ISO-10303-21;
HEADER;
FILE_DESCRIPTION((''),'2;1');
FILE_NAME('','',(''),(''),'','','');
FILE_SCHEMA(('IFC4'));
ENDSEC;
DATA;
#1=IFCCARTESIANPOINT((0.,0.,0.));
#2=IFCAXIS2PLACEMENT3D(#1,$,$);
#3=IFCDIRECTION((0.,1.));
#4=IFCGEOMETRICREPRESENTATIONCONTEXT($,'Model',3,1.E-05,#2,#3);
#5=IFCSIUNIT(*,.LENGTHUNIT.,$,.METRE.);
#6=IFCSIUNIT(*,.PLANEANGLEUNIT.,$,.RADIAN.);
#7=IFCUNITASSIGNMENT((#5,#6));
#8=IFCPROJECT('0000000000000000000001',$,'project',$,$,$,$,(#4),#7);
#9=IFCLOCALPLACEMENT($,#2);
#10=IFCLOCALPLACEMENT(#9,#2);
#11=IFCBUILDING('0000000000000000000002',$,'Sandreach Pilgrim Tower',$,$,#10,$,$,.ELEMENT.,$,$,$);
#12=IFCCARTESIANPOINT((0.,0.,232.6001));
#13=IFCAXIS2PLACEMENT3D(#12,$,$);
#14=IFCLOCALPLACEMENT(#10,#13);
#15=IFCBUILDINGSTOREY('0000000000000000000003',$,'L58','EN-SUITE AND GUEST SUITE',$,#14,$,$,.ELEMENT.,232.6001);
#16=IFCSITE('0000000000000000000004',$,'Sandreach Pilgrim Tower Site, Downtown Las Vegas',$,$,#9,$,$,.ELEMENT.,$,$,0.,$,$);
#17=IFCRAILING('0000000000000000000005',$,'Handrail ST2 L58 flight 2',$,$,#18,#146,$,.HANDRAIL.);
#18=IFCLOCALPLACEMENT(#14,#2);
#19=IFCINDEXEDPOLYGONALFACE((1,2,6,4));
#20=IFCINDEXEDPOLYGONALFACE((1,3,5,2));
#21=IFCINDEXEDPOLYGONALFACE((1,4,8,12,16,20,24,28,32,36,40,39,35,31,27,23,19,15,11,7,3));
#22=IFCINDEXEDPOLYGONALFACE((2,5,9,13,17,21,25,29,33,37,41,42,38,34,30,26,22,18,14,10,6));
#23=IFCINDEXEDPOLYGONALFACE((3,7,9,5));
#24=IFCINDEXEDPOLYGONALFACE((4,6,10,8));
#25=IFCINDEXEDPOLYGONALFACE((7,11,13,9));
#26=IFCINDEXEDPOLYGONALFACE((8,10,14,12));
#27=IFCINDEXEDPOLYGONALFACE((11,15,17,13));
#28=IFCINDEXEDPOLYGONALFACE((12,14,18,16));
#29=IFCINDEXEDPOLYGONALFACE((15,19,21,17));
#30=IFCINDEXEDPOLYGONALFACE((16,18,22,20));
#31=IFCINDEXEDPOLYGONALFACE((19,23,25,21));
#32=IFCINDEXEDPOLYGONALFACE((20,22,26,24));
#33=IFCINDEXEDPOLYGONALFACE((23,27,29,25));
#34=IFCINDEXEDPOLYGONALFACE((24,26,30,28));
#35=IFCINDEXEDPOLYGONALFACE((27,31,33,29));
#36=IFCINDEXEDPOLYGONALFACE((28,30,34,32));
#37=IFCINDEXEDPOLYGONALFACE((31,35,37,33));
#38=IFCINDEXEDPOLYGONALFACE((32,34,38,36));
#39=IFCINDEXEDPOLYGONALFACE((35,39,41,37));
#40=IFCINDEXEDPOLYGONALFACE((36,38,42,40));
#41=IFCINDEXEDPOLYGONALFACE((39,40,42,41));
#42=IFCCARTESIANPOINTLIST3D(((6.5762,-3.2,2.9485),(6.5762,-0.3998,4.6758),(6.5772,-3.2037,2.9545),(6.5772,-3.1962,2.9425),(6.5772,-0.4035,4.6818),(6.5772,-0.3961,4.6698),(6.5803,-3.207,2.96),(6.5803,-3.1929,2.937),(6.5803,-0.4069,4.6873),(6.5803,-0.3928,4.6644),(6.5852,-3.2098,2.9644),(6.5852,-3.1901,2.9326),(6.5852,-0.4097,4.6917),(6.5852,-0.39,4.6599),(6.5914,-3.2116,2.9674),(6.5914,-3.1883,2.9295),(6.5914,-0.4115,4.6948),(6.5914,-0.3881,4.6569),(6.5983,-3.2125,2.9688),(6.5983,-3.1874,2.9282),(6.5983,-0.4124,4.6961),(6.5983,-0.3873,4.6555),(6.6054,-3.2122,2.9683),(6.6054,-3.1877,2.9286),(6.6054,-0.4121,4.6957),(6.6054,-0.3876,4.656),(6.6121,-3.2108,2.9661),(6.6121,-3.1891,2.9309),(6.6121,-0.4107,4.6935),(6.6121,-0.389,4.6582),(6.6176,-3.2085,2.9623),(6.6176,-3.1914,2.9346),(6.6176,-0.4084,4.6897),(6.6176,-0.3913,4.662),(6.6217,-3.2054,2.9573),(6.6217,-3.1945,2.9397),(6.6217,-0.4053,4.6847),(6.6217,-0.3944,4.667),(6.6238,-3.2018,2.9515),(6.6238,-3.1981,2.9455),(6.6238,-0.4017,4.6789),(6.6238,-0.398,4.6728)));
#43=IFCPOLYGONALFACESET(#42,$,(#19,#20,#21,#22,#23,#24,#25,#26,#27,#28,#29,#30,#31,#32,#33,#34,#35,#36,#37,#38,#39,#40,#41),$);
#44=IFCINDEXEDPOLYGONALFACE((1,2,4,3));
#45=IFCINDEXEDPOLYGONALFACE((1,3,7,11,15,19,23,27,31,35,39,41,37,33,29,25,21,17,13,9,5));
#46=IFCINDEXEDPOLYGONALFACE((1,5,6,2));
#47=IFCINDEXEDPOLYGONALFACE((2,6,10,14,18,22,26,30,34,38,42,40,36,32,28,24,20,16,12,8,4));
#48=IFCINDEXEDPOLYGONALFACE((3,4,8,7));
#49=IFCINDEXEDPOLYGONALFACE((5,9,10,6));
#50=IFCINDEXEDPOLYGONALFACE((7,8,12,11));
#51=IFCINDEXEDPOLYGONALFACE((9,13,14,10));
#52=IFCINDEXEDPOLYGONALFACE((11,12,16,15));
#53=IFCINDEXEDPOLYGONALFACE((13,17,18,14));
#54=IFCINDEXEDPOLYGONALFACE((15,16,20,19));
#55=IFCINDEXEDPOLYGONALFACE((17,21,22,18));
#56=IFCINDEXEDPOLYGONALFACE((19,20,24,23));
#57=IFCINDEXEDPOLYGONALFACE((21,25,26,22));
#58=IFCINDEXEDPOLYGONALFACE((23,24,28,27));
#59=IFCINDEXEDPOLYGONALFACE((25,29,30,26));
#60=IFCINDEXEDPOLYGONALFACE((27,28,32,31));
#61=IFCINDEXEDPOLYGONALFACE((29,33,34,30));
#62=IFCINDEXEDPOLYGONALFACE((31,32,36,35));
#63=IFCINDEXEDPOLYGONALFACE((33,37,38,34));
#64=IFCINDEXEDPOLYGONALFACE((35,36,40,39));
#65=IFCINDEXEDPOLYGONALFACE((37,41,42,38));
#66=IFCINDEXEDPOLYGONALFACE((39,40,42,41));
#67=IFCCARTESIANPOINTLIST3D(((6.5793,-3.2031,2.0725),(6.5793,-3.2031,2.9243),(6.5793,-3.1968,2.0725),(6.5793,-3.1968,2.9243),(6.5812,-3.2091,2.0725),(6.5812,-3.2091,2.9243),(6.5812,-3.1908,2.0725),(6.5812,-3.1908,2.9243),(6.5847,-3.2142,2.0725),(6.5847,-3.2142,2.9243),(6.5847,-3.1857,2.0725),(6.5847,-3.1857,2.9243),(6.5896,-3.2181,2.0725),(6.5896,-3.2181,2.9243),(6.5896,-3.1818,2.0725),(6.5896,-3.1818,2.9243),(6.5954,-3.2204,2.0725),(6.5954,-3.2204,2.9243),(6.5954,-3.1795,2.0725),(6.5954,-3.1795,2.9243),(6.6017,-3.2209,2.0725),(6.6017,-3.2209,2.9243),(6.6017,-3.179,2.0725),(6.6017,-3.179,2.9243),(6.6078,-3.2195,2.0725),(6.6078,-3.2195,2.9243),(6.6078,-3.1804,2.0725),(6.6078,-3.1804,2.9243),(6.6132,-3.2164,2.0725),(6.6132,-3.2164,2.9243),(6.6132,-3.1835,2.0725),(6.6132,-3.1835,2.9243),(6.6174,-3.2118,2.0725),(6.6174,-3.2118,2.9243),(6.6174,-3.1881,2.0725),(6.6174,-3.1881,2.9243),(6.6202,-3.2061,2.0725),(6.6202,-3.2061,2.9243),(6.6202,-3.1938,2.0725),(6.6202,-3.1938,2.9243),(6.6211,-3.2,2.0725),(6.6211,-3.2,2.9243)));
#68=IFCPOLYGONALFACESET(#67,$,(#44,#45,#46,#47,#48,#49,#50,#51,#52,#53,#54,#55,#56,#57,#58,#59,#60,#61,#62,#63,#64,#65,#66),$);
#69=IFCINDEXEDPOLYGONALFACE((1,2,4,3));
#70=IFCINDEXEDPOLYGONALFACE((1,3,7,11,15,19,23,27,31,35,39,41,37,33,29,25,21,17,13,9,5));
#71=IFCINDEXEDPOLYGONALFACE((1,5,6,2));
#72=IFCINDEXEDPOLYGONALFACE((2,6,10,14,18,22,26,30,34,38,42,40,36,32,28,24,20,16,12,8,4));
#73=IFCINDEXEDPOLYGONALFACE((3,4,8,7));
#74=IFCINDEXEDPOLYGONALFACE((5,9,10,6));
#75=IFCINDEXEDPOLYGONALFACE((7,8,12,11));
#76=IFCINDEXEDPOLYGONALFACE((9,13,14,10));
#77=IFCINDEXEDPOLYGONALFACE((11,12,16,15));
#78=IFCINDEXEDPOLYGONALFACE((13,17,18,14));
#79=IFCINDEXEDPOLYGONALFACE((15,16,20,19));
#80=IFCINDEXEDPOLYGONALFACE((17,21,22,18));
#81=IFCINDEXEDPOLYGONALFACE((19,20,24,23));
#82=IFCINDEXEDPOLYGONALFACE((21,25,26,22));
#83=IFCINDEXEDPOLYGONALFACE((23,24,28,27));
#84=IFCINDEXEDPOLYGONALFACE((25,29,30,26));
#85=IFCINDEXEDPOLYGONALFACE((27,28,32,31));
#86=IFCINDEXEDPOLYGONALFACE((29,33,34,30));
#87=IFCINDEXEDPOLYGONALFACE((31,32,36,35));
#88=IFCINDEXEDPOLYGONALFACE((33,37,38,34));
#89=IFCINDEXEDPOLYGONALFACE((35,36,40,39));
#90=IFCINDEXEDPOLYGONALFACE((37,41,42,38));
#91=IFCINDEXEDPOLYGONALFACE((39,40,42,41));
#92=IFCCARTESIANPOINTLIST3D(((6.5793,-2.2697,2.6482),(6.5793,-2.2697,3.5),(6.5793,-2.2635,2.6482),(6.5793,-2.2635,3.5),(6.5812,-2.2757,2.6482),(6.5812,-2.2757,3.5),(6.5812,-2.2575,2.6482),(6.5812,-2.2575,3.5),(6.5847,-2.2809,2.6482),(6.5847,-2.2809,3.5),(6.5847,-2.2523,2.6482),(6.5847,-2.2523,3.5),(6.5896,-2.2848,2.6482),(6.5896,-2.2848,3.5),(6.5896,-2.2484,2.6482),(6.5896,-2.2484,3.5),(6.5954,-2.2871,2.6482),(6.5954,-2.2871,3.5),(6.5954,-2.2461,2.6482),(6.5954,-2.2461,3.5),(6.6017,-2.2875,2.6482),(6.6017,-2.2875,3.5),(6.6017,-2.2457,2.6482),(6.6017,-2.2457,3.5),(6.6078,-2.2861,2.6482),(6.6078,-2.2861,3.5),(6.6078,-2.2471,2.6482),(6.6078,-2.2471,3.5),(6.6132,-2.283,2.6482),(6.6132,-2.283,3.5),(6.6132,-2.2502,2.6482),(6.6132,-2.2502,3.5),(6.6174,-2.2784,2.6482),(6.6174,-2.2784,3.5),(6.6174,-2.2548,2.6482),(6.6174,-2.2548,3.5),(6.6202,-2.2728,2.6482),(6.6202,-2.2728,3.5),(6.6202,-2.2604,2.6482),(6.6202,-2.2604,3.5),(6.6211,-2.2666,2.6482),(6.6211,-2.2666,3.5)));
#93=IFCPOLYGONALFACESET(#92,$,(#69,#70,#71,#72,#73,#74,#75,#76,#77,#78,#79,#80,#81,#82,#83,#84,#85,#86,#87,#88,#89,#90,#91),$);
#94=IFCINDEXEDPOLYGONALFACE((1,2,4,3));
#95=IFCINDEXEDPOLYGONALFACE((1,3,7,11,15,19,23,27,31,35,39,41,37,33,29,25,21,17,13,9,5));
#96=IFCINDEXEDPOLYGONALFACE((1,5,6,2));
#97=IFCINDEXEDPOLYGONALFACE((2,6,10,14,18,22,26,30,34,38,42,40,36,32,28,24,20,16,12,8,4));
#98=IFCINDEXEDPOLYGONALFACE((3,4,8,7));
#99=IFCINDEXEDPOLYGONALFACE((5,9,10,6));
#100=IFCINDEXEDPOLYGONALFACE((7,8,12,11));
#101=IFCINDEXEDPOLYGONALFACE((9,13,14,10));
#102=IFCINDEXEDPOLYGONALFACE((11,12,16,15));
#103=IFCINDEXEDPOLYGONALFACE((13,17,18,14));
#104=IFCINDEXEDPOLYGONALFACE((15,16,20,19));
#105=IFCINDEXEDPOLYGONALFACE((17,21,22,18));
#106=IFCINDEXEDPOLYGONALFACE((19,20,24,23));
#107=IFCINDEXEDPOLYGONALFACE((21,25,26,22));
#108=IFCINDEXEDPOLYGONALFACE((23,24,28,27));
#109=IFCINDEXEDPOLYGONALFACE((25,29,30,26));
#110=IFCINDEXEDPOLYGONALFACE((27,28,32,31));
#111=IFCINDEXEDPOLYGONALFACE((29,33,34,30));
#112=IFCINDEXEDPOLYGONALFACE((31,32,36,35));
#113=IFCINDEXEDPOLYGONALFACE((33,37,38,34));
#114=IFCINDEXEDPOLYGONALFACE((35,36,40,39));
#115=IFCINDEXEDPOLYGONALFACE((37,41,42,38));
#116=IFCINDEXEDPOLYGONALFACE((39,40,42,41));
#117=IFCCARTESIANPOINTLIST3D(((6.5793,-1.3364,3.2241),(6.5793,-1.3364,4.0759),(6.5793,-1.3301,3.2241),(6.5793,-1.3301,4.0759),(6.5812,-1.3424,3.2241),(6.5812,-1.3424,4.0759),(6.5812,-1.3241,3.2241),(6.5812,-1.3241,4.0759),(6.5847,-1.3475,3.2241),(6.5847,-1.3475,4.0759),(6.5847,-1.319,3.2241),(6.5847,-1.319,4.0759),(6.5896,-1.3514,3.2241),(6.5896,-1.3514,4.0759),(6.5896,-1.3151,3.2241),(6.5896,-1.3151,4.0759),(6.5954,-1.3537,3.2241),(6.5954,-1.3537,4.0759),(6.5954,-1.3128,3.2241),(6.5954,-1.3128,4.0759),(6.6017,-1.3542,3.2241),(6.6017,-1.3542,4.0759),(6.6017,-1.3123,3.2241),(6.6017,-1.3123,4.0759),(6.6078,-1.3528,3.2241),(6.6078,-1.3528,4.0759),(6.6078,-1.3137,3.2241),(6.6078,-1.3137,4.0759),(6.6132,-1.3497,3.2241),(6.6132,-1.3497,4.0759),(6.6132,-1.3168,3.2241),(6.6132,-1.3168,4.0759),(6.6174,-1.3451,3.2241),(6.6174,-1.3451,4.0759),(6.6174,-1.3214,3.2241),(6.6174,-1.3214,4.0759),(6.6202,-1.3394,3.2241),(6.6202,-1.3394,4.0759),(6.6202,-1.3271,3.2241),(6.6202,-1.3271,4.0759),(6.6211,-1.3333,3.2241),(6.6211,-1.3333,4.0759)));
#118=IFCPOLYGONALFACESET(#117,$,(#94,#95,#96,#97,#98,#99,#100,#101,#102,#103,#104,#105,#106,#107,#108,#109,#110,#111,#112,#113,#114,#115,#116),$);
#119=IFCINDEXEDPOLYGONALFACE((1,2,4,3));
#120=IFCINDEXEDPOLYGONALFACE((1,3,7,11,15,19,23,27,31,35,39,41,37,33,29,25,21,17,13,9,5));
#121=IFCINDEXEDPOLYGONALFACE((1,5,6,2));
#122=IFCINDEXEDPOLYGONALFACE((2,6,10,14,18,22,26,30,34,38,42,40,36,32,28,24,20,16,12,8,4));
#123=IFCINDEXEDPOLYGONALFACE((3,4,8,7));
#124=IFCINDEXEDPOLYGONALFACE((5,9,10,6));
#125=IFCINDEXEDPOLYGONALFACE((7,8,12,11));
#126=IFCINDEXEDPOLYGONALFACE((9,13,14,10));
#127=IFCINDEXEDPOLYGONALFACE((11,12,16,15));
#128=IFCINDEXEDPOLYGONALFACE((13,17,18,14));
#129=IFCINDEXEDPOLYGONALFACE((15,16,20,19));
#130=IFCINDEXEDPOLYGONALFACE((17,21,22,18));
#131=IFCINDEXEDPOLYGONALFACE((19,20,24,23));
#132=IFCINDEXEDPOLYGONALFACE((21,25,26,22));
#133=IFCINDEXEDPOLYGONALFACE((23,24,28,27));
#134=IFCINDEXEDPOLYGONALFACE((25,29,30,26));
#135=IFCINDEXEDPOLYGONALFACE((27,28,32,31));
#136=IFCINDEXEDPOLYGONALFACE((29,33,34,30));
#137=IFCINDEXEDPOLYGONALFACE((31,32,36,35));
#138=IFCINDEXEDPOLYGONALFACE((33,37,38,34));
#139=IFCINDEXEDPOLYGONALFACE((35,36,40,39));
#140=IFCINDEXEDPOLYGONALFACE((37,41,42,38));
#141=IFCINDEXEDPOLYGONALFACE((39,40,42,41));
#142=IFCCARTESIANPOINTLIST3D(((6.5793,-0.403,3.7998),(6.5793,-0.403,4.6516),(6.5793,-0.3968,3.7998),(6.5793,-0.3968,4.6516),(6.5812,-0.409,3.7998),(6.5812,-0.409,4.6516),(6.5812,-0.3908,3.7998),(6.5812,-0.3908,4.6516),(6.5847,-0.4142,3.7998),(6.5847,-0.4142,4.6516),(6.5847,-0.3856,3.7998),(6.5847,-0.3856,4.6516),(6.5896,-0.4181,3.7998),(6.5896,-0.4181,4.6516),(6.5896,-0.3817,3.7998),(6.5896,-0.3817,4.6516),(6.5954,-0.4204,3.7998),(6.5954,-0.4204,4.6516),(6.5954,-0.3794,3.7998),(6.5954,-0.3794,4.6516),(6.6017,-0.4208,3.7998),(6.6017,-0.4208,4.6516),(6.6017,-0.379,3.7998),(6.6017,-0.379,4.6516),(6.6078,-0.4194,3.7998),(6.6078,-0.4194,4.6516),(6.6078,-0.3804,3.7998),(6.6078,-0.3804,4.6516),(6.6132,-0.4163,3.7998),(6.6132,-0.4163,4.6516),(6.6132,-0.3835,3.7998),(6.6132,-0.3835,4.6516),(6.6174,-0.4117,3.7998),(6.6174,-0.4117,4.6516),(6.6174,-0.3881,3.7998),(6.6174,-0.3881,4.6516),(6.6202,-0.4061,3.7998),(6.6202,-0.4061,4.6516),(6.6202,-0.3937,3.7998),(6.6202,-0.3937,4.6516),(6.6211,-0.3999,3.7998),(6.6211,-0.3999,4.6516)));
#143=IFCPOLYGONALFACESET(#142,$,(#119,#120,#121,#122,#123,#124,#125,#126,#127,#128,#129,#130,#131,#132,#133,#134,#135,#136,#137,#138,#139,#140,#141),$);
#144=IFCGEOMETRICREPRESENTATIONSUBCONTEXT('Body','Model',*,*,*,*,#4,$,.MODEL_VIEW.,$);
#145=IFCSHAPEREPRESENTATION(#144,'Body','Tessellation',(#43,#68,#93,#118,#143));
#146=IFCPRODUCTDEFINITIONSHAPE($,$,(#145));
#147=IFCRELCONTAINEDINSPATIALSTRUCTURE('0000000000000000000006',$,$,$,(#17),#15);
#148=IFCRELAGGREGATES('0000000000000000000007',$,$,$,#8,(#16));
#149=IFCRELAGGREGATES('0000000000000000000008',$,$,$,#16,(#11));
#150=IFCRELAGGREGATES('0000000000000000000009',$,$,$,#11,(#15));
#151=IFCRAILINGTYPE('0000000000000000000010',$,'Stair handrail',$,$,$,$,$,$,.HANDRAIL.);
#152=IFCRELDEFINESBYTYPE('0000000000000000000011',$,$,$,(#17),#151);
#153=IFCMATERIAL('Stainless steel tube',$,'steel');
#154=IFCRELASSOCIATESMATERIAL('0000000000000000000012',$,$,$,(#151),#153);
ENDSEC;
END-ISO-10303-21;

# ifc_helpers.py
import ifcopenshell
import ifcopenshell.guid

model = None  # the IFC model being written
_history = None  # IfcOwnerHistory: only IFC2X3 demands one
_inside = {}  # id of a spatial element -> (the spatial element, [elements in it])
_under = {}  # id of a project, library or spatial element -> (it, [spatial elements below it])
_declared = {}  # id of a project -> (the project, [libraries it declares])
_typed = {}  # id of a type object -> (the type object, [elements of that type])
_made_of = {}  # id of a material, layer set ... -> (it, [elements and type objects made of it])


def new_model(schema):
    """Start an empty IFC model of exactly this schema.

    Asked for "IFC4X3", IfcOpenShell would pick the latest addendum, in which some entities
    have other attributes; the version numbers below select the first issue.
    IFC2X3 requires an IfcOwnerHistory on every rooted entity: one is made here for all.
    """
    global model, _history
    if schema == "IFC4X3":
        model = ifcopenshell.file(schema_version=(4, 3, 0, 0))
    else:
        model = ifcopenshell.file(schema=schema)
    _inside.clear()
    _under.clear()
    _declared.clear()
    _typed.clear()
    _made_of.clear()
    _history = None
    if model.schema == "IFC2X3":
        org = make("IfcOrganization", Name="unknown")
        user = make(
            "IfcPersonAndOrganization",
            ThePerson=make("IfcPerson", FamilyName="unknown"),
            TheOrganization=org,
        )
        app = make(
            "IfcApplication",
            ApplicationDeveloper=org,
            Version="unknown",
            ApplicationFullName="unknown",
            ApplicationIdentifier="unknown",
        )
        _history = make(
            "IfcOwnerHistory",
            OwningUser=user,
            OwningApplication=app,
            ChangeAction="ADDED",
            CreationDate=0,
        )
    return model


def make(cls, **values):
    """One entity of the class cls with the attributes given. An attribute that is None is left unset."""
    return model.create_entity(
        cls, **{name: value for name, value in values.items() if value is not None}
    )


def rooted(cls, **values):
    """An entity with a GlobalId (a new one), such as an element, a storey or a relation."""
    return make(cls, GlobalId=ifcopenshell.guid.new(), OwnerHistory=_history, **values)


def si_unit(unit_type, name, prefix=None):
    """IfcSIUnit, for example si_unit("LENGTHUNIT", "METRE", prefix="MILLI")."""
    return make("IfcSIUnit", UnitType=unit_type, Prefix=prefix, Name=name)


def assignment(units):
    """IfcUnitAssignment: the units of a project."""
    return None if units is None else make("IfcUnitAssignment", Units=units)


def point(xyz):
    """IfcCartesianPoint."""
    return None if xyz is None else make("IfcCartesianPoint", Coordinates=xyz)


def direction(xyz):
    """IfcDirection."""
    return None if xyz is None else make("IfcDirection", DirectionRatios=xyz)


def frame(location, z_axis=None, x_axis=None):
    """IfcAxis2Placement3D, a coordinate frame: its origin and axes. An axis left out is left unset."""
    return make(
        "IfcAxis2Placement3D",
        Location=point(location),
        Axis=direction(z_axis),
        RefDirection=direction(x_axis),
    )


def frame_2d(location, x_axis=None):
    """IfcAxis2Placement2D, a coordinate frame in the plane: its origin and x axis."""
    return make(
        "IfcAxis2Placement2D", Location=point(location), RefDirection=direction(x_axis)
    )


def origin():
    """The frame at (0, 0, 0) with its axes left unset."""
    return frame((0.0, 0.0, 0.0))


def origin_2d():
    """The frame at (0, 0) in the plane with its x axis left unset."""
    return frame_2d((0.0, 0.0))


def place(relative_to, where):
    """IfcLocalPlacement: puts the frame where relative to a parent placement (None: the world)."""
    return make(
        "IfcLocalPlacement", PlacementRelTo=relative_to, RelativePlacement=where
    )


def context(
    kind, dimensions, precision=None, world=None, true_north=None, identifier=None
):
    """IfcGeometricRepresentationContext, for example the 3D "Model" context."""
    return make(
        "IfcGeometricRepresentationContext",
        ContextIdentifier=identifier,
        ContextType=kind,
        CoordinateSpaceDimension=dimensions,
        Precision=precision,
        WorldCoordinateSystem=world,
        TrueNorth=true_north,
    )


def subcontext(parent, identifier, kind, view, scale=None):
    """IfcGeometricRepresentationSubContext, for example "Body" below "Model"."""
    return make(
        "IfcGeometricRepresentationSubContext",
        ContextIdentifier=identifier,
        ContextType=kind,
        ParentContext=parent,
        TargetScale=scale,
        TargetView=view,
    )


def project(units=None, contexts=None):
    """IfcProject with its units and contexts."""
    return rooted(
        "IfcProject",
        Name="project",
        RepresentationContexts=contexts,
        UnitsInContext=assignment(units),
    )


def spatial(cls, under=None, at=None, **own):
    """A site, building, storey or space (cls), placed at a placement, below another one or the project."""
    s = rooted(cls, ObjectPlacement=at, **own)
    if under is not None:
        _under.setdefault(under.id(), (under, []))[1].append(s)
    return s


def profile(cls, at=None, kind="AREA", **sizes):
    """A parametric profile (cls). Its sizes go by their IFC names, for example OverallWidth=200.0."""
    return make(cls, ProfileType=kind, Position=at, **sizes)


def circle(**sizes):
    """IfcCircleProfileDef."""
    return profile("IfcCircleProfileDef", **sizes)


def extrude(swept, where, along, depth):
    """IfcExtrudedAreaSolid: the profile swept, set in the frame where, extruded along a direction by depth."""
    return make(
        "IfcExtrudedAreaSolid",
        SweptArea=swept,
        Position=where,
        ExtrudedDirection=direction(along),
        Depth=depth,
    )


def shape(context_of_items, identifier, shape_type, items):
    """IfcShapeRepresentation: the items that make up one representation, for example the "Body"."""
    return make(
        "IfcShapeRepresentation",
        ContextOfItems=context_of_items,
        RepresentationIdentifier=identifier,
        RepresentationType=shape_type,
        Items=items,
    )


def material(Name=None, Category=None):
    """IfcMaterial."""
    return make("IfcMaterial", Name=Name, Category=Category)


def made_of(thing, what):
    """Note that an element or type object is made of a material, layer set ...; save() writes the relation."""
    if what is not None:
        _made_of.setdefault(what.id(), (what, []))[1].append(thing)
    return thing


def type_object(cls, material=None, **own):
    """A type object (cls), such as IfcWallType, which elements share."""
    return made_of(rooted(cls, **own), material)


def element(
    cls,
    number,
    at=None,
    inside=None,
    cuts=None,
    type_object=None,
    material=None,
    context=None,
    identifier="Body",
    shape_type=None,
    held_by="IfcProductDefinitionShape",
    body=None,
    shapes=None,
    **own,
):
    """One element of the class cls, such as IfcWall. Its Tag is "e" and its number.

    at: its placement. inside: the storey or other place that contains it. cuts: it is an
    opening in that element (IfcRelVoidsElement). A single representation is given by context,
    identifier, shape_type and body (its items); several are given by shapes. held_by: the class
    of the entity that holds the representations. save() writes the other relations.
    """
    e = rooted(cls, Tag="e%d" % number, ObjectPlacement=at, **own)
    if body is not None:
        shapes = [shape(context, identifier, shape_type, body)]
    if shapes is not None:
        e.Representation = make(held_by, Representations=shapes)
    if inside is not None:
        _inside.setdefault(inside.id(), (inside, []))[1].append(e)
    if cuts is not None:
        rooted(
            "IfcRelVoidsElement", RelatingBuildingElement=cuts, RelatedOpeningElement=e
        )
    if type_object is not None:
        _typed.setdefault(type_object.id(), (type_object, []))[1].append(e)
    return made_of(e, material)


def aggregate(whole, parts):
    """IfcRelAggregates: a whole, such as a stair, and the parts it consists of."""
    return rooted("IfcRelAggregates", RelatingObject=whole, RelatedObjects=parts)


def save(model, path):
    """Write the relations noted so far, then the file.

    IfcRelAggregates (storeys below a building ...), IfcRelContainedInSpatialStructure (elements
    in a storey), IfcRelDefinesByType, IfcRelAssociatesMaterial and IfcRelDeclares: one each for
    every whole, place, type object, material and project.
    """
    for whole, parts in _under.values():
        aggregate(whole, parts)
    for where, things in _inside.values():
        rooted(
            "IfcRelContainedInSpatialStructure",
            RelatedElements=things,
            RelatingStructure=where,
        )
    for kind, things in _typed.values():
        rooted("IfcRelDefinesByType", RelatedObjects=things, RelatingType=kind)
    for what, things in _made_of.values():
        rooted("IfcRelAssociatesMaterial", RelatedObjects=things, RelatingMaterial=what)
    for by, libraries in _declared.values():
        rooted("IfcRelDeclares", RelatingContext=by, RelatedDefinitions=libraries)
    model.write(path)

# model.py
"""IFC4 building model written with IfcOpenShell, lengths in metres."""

from ifc_helpers import new_model, si_unit, direction, frame, origin, origin_2d, place, context, subcontext, project, spatial, circle, extrude, material, type_object, element, save


model = new_model("IFC4")

# Units and contexts
model_context = context("Model", 3, precision=1e-05, world=origin(), true_north=direction((0.0, 1.0)))
body_context = subcontext(model_context, "Body", "Model", "MODEL_VIEW")
ifc_project = project(units=[si_unit("LENGTHUNIT", "METRE"), si_unit("PLANEANGLEUNIT", "RADIAN")], contexts=[model_context])

# Site, building, storey
site_placement = place(None, origin())
site = spatial("IfcSite", under=ifc_project, at=site_placement, Name="Sandreach Pilgrim Tower Site, Downtown Las Vegas", CompositionType="ELEMENT", RefElevation=0.0)
building_placement = place(site_placement, origin())
building = spatial("IfcBuilding", under=site, at=building_placement, Name="Sandreach Pilgrim Tower", CompositionType="ELEMENT")
storey_placement = place(building_placement, frame((0.0, 0.0, 232.6001)))
storey = spatial("IfcBuildingStorey", under=building, at=storey_placement, Name="L58", Description="EN-SUITE AND GUEST SUITE", CompositionType="ELEMENT", Elevation=232.6001)

# Railing
ifc_material_1 = material(Name="Stainless steel tube", Category="steel")
railing_type = type_object("IfcRailingType", Name="Stair handrail", PredefinedType="HANDRAIL", material=ifc_material_1)
for number, where, name in (
    (1, (6.6001, -3.2, 2.0725), "Handrail ST2 L58 flight 2"),
):
    element("IfcRailing", number, at=place(storey_placement, frame(where)), inside=storey, type_object=railing_type, Name=name, PredefinedType="HANDRAIL", context=body_context, shape_type="SweptSolid", body=[
        extrude(circle(Radius=0.0239, at=origin_2d()), frame((0.0, 0.0, 0.876), z_axis=(0.0, 0.85109, 0.52502), x_axis=(-1.0, 0.0, 0.0)), (0.0, 0.0, 1.0), 3.29),
        extrude(circle(Radius=0.021, at=origin_2d()), origin(), (0.0, 0.0, 1.0), 0.8518),
        extrude(circle(Radius=0.021, at=origin_2d()), frame((0.0, 0.9333, 0.5757)), (0.0, 0.0, 1.0), 0.8518),
        extrude(circle(Radius=0.021, at=origin_2d()), frame((0.0, 1.8667, 1.1516)), (0.0, 0.0, 1.0), 0.8518),
        extrude(circle(Radius=0.021, at=origin_2d()), frame((0.0, 2.8, 1.7273)), (0.0, 0.0, 1.0), 0.8518),
    ])

save(model, "model.ifc")
